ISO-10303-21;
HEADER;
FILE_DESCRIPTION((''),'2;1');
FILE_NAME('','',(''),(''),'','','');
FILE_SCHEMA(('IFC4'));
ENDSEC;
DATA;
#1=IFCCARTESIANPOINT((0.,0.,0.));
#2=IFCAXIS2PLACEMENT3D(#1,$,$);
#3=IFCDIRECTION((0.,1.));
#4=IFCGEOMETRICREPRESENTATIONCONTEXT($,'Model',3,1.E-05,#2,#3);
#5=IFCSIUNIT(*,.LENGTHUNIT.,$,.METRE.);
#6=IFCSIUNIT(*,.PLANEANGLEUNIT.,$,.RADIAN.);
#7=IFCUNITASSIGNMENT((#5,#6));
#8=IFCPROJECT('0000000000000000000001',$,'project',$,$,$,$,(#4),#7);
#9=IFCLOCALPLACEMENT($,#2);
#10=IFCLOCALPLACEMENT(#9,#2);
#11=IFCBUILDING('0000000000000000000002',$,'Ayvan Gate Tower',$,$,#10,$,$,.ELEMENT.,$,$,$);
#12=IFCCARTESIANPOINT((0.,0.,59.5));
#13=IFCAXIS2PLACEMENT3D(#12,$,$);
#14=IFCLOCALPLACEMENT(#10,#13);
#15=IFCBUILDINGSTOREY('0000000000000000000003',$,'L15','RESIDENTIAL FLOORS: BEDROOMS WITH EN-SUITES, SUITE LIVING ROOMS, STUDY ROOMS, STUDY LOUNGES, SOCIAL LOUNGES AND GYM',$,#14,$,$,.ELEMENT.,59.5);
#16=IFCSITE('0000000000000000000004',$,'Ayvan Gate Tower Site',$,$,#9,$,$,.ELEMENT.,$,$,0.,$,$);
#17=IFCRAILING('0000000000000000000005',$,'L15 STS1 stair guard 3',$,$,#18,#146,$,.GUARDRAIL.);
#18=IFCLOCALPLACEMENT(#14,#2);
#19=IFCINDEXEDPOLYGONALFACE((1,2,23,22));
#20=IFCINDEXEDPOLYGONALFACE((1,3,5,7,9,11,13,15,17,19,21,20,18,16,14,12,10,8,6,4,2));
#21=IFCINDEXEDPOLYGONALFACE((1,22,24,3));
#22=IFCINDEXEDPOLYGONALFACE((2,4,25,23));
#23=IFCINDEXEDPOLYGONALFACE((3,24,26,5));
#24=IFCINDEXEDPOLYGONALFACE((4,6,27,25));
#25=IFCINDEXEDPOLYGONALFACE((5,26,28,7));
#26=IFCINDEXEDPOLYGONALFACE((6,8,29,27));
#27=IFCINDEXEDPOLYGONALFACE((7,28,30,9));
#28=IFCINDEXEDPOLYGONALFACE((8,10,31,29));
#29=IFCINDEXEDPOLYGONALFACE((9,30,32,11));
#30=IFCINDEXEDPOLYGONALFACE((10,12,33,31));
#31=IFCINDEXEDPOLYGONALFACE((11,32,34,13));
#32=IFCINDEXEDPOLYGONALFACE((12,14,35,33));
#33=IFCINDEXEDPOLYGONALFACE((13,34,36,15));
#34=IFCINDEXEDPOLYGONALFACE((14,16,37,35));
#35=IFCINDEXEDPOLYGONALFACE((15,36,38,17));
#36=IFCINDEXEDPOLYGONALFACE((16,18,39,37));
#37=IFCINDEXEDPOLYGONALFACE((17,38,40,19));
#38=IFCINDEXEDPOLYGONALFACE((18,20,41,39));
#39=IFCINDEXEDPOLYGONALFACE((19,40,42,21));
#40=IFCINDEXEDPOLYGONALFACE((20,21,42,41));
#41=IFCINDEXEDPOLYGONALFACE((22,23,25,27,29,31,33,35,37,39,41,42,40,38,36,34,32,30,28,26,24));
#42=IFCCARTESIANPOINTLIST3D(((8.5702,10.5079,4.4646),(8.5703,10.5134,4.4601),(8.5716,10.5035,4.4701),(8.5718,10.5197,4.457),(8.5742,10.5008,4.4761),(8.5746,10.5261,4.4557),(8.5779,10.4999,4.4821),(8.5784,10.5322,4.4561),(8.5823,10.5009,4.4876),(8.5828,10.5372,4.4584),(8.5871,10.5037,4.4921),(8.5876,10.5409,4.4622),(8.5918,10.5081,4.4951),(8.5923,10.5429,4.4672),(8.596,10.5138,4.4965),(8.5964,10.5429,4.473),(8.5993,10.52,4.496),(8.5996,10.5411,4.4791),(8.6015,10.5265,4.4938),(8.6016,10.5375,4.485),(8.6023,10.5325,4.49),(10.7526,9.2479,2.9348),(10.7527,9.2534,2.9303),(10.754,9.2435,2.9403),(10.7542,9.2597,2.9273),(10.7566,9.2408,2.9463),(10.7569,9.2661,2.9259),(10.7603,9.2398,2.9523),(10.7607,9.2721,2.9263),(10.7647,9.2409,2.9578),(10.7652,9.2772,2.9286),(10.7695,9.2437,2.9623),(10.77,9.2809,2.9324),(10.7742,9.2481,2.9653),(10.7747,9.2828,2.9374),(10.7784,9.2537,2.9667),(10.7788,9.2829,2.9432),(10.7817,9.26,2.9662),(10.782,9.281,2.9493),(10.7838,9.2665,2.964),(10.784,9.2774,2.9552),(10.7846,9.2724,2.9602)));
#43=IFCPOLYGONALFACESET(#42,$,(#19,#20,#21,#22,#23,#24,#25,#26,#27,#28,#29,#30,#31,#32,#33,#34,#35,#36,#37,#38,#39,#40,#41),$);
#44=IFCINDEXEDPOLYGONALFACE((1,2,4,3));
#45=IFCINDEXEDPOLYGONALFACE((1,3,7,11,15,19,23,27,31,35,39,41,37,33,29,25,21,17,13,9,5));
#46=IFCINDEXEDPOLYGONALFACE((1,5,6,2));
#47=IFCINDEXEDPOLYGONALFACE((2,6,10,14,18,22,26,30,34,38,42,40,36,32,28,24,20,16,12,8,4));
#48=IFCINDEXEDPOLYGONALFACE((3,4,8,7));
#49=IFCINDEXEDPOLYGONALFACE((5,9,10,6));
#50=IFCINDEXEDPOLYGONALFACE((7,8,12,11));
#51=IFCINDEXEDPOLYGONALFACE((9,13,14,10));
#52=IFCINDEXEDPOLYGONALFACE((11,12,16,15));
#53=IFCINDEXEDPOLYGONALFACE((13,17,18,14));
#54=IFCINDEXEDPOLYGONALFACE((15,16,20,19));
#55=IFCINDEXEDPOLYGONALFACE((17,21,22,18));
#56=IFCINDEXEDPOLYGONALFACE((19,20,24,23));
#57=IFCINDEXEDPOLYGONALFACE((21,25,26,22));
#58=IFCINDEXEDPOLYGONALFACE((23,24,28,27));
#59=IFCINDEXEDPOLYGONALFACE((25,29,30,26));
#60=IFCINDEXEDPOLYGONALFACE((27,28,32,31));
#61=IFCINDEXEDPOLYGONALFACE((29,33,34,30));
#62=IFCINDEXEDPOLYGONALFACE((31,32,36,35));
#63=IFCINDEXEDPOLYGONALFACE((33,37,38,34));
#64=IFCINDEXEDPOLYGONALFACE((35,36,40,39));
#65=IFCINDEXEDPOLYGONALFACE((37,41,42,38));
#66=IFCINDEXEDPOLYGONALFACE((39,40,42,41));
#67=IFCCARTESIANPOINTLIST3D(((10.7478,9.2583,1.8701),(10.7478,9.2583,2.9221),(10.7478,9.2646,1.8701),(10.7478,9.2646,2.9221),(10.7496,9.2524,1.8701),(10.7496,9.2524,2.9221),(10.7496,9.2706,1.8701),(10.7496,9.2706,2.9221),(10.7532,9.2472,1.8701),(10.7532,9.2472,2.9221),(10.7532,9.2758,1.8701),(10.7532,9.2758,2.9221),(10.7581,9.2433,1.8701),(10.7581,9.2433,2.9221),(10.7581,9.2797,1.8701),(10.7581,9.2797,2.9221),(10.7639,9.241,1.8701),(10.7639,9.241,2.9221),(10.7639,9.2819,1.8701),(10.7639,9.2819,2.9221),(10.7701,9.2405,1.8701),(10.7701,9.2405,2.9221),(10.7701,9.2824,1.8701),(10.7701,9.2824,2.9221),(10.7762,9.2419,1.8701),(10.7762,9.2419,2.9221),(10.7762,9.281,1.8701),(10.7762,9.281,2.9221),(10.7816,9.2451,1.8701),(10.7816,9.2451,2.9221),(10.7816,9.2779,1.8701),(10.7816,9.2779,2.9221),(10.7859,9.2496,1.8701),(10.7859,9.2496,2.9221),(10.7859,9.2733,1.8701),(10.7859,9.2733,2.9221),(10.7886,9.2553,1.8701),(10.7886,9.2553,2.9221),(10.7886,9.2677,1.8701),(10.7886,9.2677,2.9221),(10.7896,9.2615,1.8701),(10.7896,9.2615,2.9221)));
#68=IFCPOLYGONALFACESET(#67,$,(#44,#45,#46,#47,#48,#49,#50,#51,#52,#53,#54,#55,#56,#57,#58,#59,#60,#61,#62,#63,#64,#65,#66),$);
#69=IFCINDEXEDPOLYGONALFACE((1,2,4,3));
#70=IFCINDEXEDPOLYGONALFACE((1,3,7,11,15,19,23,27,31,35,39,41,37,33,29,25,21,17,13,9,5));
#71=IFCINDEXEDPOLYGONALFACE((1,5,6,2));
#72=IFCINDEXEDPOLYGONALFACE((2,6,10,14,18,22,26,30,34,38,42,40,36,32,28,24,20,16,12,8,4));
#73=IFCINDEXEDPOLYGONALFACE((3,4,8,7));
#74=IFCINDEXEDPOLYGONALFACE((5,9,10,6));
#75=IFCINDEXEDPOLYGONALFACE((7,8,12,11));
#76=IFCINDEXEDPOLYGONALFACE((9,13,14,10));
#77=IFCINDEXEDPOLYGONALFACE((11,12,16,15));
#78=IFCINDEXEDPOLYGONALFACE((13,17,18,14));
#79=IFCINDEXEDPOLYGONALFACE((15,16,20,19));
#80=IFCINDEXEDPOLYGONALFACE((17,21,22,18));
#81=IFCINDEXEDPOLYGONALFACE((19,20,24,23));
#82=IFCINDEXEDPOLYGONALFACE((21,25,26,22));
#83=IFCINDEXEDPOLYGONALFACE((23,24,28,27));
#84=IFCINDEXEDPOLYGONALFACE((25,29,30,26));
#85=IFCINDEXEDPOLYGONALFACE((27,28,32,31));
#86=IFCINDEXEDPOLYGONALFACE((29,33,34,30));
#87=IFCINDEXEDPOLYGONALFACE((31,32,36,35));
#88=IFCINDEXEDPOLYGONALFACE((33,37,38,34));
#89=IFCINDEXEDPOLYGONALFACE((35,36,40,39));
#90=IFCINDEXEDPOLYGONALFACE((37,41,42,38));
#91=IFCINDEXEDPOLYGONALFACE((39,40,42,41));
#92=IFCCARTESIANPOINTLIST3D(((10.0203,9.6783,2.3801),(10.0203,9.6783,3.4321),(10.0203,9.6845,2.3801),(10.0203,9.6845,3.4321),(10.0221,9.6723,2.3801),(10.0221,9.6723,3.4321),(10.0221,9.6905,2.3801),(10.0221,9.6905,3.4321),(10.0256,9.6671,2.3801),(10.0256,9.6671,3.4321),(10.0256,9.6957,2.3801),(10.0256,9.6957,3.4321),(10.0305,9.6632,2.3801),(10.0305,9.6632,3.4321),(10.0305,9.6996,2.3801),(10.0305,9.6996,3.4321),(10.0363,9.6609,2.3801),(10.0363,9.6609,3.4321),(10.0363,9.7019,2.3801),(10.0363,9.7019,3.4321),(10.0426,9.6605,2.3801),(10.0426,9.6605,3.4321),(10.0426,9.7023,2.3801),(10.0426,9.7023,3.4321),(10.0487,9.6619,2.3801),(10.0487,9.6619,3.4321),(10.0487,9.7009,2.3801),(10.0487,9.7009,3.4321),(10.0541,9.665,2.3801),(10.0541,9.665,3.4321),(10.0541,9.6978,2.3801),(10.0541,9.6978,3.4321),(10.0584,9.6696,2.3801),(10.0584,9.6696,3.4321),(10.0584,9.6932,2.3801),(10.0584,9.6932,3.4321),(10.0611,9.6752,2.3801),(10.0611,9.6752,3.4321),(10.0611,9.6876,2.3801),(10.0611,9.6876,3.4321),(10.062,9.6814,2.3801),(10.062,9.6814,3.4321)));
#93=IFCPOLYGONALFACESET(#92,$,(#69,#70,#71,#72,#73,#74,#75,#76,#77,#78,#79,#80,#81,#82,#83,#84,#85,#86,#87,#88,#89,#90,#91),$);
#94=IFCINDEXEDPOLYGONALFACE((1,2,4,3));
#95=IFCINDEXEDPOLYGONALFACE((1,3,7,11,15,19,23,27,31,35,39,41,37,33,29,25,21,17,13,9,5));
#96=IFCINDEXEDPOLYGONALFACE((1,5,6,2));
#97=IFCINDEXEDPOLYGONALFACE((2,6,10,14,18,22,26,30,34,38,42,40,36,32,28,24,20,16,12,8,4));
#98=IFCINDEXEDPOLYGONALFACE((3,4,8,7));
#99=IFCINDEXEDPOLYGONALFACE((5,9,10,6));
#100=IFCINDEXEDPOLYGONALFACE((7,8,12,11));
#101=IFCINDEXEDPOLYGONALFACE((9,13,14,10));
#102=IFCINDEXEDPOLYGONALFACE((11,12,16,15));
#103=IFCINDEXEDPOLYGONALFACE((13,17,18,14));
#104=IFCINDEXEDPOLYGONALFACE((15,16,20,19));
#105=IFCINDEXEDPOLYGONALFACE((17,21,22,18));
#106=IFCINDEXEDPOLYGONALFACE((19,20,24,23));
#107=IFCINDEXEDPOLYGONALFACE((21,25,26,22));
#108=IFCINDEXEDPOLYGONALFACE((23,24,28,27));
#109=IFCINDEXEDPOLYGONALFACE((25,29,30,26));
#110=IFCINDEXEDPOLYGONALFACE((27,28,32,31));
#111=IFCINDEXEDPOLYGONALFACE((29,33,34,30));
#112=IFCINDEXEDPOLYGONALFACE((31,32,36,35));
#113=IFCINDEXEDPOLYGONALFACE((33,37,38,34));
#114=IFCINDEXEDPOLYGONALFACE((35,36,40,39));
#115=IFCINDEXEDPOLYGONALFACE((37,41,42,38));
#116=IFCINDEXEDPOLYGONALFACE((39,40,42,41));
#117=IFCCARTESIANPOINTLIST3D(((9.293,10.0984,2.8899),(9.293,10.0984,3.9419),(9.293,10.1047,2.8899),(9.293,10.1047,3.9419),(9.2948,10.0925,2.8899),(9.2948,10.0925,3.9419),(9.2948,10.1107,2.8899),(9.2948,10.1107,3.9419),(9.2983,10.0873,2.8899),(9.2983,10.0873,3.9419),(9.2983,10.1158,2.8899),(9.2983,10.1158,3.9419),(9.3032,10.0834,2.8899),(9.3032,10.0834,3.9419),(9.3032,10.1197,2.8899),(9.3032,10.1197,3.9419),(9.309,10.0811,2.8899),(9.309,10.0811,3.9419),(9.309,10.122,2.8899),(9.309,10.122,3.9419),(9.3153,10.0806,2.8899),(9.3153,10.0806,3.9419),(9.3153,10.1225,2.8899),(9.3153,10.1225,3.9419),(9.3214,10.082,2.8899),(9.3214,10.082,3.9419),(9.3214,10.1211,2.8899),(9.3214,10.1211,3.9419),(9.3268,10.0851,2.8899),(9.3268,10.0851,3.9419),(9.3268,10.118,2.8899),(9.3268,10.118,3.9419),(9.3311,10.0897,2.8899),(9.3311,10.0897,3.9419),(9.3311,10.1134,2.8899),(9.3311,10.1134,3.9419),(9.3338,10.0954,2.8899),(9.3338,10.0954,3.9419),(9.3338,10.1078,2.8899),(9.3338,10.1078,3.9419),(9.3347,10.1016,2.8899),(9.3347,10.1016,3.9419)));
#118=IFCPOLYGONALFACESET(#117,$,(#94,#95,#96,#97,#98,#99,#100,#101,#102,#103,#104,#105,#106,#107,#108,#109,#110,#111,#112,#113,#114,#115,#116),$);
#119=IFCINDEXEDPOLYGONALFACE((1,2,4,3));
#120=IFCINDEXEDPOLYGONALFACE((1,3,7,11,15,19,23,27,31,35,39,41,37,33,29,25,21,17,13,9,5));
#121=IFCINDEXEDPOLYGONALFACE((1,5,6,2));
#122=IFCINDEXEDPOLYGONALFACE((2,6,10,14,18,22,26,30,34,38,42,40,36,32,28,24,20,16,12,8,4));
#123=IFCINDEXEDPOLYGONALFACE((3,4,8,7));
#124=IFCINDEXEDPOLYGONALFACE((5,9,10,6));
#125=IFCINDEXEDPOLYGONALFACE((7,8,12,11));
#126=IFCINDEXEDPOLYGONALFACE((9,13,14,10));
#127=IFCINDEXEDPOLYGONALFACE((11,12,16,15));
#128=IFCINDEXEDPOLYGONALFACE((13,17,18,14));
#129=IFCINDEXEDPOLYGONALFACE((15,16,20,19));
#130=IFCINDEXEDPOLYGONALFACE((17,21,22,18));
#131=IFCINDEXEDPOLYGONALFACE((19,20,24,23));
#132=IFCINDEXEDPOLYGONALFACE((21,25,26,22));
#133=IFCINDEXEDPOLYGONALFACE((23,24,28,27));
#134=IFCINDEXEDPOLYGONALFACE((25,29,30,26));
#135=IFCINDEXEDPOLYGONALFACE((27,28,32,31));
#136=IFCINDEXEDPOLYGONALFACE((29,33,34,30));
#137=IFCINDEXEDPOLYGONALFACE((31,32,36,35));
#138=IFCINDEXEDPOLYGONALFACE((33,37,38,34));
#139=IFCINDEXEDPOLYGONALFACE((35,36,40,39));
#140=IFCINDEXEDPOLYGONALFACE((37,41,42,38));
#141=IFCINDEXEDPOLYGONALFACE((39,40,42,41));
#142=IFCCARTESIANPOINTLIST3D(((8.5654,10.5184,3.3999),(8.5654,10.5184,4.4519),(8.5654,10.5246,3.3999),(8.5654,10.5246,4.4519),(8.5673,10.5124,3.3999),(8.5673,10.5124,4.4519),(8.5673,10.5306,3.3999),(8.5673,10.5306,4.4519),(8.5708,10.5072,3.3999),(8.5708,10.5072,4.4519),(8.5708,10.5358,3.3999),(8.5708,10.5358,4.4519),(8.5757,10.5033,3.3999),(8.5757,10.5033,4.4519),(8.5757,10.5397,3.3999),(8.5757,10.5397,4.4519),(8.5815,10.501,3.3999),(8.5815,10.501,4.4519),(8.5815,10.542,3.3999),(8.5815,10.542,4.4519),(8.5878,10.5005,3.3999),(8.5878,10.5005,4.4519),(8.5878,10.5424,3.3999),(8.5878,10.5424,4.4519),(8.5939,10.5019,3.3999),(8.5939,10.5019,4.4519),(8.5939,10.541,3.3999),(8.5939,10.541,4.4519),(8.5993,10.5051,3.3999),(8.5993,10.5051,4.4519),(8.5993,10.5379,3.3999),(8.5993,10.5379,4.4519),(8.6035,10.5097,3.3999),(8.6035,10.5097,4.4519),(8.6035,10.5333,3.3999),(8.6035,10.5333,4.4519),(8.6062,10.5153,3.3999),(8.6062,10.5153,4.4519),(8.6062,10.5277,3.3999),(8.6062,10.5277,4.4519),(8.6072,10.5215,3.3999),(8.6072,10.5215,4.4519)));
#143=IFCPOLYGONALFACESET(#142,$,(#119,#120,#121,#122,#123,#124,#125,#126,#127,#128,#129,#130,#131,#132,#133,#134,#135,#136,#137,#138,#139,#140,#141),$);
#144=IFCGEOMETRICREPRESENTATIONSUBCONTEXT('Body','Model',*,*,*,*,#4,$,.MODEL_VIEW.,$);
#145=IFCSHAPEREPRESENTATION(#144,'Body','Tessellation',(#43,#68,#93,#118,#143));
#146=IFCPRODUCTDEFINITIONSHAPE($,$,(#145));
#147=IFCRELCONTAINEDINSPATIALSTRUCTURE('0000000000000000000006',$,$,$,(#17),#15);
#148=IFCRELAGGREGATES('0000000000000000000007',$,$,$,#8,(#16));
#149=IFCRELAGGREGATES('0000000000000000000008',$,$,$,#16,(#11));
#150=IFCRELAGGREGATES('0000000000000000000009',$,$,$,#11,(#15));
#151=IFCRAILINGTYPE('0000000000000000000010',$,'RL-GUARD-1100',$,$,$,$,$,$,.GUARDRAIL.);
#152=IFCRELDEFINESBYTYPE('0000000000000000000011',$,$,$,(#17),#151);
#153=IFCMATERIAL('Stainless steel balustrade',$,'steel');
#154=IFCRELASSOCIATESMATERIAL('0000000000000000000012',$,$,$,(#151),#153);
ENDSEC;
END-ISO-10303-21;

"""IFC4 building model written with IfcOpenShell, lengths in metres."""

from ifc_helpers import new_model, si_unit, direction, frame, origin, origin_2d, place, context, subcontext, project, spatial, circle, extrude, material, type_object, element, save


model = new_model("IFC4")

# Units and contexts
model_context = context("Model", 3, precision=1e-05, world=origin(), true_north=direction((0.0, 1.0)))
body_context = subcontext(model_context, "Body", "Model", "MODEL_VIEW")
ifc_project = project(units=[si_unit("LENGTHUNIT", "METRE"), si_unit("PLANEANGLEUNIT", "RADIAN")], contexts=[model_context])

# Site, building, storey
site_placement = place(None, origin())
site = spatial("IfcSite", under=ifc_project, at=site_placement, Name="Ayvan Gate Tower Site", CompositionType="ELEMENT", RefElevation=0.0)
building_placement = place(site_placement, origin())
building = spatial("IfcBuilding", under=site, at=building_placement, Name="Ayvan Gate Tower", CompositionType="ELEMENT")
storey_placement = place(building_placement, frame((0.0, 0.0, 59.5)))
storey = spatial("IfcBuildingStorey", under=building, at=storey_placement, Name="L15", Description="RESIDENTIAL FLOORS: BEDROOMS WITH EN-SUITES, SUITE LIVING ROOMS, STUDY ROOMS, STUDY LOUNGES, SOCIAL LOUNGES AND GYM", CompositionType="ELEMENT", Elevation=59.5)

# Railing
ifc_material_1 = material(Name="Stainless steel balustrade", Category="steel")
railing_type_1 = type_object("IfcRailingType", Name="RL-GUARD-1100", PredefinedType="GUARDRAIL", material=ifc_material_1)
railing_1_placement = place(storey_placement, frame((10.7686, 9.2615, 1.8701)))
element("IfcRailing", 1, at=railing_1_placement, inside=storey, type_object=railing_type_1, Name="L15 STS1 stair guard 3", PredefinedType="GUARDRAIL", context=body_context, shape_type="SweptSolid", body=[
    extrude(circle(Radius=0.0239, at=origin_2d()), frame((0.0, 0.0, 1.0762), z_axis=(-0.740293, 0.427414, 0.518926), x_axis=(-0.500005, -0.866023, 0.0)), (0.0, 0.0, 1.0), 2.948),
    extrude(circle(Radius=0.021, at=origin_2d()), origin(), (0.0, 0.0, 1.0), 1.052),
    extrude(circle(Radius=0.021, at=origin_2d()), frame((-0.7275, 0.4199, 0.51)), (0.0, 0.0, 1.0), 1.052),
    extrude(circle(Radius=0.021, at=origin_2d()), frame((-1.4548, 0.8401, 1.0198)), (0.0, 0.0, 1.0), 1.052),
    extrude(circle(Radius=0.021, at=origin_2d()), frame((-2.1824, 1.26, 1.5298)), (0.0, 0.0, 1.0), 1.052),
])

save(model, "model.ifc")
